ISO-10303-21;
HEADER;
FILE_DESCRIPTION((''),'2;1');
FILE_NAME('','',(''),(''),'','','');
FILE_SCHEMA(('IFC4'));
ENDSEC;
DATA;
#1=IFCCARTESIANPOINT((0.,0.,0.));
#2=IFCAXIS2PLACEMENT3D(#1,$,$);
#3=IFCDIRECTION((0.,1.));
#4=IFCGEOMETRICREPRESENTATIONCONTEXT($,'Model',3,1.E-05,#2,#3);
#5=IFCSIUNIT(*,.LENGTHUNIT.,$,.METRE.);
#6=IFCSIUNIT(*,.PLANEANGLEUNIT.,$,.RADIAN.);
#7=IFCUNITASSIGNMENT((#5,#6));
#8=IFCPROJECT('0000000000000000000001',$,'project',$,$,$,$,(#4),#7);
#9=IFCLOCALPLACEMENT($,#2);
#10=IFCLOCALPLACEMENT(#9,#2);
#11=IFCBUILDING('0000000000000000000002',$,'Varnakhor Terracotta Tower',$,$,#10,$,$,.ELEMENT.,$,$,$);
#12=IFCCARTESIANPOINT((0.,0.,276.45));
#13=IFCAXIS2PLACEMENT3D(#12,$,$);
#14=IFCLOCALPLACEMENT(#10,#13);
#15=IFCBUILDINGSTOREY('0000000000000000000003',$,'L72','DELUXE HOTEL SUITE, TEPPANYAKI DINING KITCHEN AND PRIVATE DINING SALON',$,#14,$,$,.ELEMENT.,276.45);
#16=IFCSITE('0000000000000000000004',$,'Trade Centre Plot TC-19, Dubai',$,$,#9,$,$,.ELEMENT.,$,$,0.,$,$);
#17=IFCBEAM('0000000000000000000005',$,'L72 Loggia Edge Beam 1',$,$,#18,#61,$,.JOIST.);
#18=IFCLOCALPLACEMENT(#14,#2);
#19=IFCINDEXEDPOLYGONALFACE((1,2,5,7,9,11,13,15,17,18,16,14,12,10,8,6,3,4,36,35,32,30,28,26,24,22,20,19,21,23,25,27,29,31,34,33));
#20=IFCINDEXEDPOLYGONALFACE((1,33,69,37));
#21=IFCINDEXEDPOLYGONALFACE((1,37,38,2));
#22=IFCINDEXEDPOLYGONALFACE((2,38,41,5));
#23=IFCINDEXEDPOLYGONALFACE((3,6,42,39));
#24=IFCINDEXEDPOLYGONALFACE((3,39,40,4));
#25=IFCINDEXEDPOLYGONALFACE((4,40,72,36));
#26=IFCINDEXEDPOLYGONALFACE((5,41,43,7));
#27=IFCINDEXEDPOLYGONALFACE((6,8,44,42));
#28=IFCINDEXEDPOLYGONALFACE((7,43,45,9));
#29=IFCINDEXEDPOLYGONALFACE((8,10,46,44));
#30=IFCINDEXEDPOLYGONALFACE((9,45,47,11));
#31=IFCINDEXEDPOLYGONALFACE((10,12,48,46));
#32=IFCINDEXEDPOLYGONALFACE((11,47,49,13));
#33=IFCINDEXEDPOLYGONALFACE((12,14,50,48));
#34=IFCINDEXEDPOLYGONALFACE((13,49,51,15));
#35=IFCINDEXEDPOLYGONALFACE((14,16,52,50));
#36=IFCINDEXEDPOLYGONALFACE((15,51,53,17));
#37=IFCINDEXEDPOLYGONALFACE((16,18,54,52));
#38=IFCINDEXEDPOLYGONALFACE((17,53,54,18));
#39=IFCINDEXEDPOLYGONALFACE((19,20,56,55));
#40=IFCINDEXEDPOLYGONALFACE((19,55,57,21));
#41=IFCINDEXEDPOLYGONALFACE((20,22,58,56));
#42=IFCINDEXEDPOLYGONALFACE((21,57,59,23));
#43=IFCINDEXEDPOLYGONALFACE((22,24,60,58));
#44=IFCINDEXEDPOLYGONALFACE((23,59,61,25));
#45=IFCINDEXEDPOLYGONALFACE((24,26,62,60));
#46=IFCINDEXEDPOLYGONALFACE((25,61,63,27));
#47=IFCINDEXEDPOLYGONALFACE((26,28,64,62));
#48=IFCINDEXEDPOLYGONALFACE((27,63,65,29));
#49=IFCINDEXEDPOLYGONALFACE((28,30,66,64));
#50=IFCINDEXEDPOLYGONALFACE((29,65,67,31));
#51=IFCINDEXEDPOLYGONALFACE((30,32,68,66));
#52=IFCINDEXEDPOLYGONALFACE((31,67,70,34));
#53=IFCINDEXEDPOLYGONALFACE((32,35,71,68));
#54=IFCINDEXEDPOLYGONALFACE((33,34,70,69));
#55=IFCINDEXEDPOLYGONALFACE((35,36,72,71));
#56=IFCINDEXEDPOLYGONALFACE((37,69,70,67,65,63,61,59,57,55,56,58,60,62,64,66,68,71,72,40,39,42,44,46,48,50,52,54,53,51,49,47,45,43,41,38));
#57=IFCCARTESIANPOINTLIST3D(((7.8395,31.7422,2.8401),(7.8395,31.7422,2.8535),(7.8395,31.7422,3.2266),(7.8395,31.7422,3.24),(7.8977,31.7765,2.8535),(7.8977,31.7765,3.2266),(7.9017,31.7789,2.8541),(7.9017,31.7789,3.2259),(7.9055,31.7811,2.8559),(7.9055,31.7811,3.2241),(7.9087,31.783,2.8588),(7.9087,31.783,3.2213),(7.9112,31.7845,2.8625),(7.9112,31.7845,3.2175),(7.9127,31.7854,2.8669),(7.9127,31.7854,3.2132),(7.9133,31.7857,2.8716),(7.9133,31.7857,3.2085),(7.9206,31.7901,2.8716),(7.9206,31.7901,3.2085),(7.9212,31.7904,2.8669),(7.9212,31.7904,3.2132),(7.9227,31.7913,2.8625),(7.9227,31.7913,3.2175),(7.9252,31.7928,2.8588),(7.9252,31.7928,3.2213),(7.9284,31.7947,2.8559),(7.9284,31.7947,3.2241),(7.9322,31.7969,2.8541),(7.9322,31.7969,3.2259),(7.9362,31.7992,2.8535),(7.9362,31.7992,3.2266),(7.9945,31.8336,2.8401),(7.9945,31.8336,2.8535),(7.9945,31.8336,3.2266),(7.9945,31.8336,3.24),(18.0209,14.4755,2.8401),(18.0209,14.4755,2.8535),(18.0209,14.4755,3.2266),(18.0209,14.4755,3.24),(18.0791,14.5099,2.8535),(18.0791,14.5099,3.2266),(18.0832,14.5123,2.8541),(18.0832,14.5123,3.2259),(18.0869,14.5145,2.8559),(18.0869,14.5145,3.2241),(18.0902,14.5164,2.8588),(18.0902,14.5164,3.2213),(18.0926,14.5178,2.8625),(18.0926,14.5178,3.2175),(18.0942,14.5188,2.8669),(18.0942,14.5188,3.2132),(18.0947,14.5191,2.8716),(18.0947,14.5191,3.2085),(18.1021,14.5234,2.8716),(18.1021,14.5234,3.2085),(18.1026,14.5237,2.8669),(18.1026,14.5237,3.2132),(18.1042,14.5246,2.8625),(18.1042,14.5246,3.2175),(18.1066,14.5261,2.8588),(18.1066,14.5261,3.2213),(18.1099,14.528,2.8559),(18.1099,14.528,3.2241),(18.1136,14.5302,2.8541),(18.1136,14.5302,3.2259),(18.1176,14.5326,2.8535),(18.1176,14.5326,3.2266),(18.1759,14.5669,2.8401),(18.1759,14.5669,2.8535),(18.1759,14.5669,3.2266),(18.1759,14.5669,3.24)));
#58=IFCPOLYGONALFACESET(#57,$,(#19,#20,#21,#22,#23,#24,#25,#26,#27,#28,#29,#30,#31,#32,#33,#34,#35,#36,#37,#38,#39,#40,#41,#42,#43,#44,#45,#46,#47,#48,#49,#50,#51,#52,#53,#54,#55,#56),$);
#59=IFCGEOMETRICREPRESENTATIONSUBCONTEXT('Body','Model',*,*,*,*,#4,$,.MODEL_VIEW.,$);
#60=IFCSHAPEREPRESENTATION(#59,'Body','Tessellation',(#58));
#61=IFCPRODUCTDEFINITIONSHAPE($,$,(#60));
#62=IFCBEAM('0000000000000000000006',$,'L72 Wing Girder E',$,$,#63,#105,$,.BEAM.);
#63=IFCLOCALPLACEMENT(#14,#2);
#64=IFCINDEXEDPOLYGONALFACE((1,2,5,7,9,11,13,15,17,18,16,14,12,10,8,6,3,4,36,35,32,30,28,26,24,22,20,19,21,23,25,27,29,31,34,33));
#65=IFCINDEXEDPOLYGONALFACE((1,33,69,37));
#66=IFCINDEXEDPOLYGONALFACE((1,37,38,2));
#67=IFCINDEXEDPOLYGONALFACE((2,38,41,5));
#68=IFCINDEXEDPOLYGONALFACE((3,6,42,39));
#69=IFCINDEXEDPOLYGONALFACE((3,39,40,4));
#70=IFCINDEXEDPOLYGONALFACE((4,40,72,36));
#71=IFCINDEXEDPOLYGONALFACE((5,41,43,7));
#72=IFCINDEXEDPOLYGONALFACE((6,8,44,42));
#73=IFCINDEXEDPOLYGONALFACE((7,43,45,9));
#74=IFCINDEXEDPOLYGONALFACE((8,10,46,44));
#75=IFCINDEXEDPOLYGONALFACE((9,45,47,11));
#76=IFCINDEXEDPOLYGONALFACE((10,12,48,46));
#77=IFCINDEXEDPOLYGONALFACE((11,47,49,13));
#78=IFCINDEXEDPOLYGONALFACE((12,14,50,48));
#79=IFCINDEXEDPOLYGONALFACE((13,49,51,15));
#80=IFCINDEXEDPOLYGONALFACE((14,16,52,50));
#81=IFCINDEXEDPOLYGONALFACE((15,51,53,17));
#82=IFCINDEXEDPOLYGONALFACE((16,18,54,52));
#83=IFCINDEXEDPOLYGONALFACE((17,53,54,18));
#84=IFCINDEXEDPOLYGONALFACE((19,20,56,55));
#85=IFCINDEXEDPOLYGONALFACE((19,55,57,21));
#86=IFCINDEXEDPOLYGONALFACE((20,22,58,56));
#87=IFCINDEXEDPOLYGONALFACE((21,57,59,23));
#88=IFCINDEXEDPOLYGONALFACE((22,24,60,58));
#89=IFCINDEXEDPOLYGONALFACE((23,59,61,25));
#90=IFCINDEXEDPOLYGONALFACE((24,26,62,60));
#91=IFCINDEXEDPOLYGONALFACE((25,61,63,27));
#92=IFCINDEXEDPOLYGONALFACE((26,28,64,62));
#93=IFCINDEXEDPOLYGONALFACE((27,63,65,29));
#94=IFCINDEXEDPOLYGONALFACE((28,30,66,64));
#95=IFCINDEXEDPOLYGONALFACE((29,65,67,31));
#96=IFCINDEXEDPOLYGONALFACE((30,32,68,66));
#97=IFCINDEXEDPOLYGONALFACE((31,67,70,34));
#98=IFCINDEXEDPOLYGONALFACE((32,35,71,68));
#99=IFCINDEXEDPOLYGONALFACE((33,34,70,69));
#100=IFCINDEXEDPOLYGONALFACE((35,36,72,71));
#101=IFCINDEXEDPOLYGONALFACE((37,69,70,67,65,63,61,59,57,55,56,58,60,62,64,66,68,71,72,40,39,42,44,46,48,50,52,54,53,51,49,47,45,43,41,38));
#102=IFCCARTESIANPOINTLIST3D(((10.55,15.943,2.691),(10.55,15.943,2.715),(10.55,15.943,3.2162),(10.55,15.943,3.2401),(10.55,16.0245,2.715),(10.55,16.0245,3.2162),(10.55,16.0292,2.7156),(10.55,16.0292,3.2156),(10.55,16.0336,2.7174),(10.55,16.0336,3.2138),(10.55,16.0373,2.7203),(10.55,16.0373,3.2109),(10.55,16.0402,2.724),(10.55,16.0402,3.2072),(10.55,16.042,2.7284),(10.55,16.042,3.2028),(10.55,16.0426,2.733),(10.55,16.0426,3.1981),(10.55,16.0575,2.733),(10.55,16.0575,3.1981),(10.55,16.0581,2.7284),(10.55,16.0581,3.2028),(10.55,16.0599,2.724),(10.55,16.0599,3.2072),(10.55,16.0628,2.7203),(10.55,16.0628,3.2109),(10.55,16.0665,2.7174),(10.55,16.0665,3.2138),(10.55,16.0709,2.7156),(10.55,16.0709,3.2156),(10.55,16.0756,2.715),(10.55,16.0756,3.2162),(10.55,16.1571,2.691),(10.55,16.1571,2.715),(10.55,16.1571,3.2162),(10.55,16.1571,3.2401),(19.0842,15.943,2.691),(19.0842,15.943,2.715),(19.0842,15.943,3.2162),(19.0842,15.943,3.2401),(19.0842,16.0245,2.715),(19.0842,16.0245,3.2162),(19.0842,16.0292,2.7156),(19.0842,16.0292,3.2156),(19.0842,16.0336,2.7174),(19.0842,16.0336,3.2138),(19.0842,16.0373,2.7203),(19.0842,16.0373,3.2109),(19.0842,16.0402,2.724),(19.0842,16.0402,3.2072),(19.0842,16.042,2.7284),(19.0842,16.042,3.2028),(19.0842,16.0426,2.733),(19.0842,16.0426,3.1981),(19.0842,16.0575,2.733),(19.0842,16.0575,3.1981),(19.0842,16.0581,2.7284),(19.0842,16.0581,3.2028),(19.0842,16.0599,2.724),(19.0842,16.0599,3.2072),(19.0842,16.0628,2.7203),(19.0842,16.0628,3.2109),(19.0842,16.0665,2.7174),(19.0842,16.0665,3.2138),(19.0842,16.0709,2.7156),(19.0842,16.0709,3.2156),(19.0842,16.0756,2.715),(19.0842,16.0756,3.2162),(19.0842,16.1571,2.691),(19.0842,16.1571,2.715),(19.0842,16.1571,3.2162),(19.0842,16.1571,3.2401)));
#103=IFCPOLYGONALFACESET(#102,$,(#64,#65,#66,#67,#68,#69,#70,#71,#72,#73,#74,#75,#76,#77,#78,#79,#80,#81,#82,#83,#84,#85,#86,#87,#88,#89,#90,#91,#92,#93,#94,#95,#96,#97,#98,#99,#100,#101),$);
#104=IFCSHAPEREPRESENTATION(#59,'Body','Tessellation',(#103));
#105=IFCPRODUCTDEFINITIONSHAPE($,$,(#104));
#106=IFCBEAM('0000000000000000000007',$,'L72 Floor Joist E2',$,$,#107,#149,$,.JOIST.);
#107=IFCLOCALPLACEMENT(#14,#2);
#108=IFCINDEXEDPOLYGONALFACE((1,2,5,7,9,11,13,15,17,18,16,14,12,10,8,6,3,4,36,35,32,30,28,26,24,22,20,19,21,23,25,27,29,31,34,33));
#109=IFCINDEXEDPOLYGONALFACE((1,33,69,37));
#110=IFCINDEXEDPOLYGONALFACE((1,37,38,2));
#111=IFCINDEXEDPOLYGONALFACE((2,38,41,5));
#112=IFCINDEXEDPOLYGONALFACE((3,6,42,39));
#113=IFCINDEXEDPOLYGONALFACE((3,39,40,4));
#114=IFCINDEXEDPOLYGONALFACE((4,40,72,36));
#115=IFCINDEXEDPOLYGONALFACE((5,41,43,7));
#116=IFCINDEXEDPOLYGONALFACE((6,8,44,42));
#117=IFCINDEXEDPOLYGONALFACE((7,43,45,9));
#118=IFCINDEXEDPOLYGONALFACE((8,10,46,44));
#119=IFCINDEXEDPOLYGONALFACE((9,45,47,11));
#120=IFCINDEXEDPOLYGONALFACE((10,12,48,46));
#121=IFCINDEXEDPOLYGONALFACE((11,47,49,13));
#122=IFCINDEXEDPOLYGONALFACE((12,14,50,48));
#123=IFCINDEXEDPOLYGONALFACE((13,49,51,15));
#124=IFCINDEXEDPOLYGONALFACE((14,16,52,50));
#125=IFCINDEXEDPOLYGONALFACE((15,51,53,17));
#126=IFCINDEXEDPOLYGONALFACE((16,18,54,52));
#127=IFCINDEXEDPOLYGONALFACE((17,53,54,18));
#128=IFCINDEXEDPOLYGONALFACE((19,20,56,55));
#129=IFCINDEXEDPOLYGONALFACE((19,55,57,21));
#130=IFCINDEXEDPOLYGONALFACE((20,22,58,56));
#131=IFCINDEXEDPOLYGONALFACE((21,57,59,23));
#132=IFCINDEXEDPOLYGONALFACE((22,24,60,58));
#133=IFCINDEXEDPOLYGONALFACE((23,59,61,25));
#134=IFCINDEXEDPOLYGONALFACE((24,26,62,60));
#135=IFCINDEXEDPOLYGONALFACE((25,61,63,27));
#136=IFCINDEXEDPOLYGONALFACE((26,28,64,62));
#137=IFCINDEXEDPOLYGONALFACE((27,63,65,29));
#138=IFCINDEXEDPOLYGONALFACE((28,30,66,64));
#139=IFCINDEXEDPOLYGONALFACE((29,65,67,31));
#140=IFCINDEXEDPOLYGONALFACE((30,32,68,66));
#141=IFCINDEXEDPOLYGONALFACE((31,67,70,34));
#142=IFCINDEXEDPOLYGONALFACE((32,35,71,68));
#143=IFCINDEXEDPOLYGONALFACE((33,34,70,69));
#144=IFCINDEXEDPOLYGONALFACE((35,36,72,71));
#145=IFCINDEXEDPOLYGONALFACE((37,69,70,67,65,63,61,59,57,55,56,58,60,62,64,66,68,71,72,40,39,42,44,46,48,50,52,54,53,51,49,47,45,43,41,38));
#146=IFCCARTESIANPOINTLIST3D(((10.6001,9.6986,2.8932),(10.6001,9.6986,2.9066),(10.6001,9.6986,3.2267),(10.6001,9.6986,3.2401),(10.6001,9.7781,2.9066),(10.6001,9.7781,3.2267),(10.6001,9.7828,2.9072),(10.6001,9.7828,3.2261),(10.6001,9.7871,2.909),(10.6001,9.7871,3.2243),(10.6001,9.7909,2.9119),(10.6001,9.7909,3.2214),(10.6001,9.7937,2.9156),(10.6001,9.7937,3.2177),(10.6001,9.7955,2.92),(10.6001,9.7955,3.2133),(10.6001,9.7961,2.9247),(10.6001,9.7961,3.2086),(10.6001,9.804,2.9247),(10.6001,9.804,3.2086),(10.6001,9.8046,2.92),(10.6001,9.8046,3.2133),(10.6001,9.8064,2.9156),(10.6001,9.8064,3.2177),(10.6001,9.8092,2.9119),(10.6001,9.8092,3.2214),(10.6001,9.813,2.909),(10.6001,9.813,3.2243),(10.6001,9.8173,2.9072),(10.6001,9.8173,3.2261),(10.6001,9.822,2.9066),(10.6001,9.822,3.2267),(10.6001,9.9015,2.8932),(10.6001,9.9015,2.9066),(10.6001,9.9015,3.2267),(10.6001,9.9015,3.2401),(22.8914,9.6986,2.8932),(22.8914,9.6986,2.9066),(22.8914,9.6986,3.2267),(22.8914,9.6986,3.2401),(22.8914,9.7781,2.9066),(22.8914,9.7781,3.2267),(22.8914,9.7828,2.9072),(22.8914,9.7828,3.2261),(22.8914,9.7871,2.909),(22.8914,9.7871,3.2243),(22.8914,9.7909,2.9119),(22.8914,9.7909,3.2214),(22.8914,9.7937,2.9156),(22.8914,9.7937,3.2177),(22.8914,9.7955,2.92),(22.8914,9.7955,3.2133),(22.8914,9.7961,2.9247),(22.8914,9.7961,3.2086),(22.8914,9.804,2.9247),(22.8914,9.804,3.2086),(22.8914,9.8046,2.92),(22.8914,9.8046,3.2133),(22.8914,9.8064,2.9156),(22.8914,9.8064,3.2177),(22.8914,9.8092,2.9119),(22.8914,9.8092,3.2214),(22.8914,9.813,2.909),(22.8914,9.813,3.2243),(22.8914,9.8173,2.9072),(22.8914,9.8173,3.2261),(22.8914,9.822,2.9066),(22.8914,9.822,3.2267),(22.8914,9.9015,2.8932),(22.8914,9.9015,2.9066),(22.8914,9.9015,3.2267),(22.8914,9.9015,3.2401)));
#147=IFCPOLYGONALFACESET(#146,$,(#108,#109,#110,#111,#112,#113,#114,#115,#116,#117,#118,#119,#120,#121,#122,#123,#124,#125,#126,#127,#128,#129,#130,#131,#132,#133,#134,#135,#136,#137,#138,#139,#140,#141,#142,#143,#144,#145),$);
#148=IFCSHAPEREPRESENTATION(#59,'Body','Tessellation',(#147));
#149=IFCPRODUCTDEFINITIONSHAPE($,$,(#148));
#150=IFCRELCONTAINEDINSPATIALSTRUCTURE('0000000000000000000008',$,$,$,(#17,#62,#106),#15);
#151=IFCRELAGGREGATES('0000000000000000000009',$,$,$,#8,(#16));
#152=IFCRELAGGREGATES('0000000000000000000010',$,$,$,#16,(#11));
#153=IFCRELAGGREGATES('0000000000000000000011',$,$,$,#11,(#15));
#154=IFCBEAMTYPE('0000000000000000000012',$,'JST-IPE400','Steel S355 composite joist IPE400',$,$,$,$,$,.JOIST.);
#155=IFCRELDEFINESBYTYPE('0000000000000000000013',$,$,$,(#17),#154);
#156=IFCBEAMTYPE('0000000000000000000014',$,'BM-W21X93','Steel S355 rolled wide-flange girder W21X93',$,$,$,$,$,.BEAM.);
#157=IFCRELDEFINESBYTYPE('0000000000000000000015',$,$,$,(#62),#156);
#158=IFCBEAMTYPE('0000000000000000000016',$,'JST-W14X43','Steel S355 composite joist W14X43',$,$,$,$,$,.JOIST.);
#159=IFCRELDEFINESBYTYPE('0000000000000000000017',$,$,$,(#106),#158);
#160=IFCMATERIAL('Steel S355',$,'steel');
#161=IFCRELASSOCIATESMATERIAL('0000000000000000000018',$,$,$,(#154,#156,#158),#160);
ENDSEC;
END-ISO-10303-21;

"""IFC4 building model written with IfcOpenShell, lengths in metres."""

from ifc_helpers import new_model, si_unit, direction, frame, origin, origin_2d, place, context, subcontext, project, spatial, i_section, extrude, source, transform, mapped, material, material_profile, profile_set, type_object, element, save


model = new_model("IFC4")

# Units and contexts
model_context = context("Model", 3, precision=1e-05, world=origin(), true_north=direction((0.0, 1.0)))
body_context = subcontext(model_context, "Body", "Model", "MODEL_VIEW")
ifc_project = project(units=[si_unit("LENGTHUNIT", "METRE"), si_unit("PLANEANGLEUNIT", "RADIAN")], contexts=[model_context])

# Site, building, storey
site_placement = place(None, origin())
site = spatial("IfcSite", under=ifc_project, at=site_placement, Name="Trade Centre Plot TC-19, Dubai", CompositionType="ELEMENT", RefElevation=0.0)
building_placement = place(site_placement, origin())
building = spatial("IfcBuilding", under=site, at=building_placement, Name="Varnakhor Terracotta Tower", CompositionType="ELEMENT")
storey_placement = place(building_placement, frame((0.0, 0.0, 276.45)))
storey = spatial("IfcBuildingStorey", under=building, at=storey_placement, Name="L72", Description="DELUXE HOTEL SUITE, TEPPANYAKI DINING KITCHEN AND PRIVATE DINING SALON", CompositionType="ELEMENT", Elevation=276.45)

# Beams
ifc_material_1 = material(Name="Steel S355", Category="steel")
ifc_material_profile_1 = material_profile(ifc_material_1, i_section(OverallWidth=0.1799, OverallDepth=0.3999, WebThickness=0.0085, FlangeThickness=0.0134, FilletRadius=0.0181, at=origin_2d()), Name="IPE400")
ifc_profile_set_1 = profile_set([ifc_material_profile_1], Name="Steel S355")
beam_type_1 = type_object("IfcBeamType", Name="JST-IPE400", Description="Steel S355 composite joist IPE400", PredefinedType="JOIST", material=ifc_profile_set_1)
shared_shape_1 = source(origin(), body_context, "Body", "SweptSolid", [
    extrude(i_section(OverallWidth=0.1799, OverallDepth=0.3999, WebThickness=0.0085, FlangeThickness=0.0134, FilletRadius=0.0181, at=origin_2d()), origin(), (0.0, 0.0, 1.0), 20.0449),
])
beam_1_placement = place(storey_placement, frame((18.0984, 14.5212, 3.04), z_axis=(-0.507931, 0.861398, 0.0), x_axis=(-0.861398, -0.507931, 0.0)))
element("IfcBeam", 1, at=beam_1_placement, inside=storey, type_object=beam_type_1, Name="L72 Loggia Edge Beam 1", PredefinedType="JOIST", context=body_context, shape_type="MappedRepresentation", body=[
    mapped(shared_shape_1, transform((0.0, 0.0, 0.0), scale=1.0)),
])
ifc_material_profile_2 = material_profile(ifc_material_1, i_section(OverallWidth=0.2141, OverallDepth=0.5491, WebThickness=0.0149, FlangeThickness=0.0239, FilletRadius=0.0181, at=origin_2d()), Name="W21X93")
ifc_profile_set_2 = profile_set([ifc_material_profile_2], Name="Steel S355")
beam_type_2 = type_object("IfcBeamType", Name="BM-W21X93", Description="Steel S355 rolled wide-flange girder W21X93", PredefinedType="BEAM", material=ifc_profile_set_2)
shared_shape_2 = source(origin(), body_context, "Body", "SweptSolid", [
    extrude(i_section(OverallWidth=0.2141, OverallDepth=0.5491, WebThickness=0.0149, FlangeThickness=0.0239, FilletRadius=0.0181, at=origin_2d()), origin(), (0.0, 0.0, 1.0), 8.5342),
])
beam_2_placement = place(storey_placement, frame((10.55, 16.05, 2.9656), z_axis=(1.0, 0.0, 0.0), x_axis=(0.0, 1.0, 0.0)))
element("IfcBeam", 2, at=beam_2_placement, inside=storey, type_object=beam_type_2, Name="L72 Wing Girder E", PredefinedType="BEAM", context=body_context, shape_type="MappedRepresentation", body=[
    mapped(shared_shape_2, transform((0.0, 0.0, 0.0), scale=1.0)),
])
ifc_material_profile_3 = material_profile(ifc_material_1, i_section(OverallWidth=0.2029, OverallDepth=0.3469, WebThickness=0.0078, FlangeThickness=0.0134, FilletRadius=0.0181, at=origin_2d()), Name="W14X43")
ifc_profile_set_3 = profile_set([ifc_material_profile_3], Name="Steel S355")
beam_type_3 = type_object("IfcBeamType", Name="JST-W14X43", Description="Steel S355 composite joist W14X43", PredefinedType="JOIST", material=ifc_profile_set_3)
shared_shape_3 = source(origin(), body_context, "Body", "SweptSolid", [
    extrude(i_section(OverallWidth=0.2029, OverallDepth=0.3469, WebThickness=0.0078, FlangeThickness=0.0134, FilletRadius=0.0181, at=origin_2d()), origin(), (0.0, 0.0, 1.0), 12.2913),
])
beam_3_placement = place(storey_placement, frame((10.6001, 9.8, 3.0667), z_axis=(1.0, 0.0, 0.0), x_axis=(0.0, 1.0, 0.0)))
element("IfcBeam", 3, at=beam_3_placement, inside=storey, type_object=beam_type_3, Name="L72 Floor Joist E2", PredefinedType="JOIST", context=body_context, shape_type="MappedRepresentation", body=[
    mapped(shared_shape_3, transform((0.0, 0.0, 0.0), scale=1.0)),
])

save(model, "model.ifc")
